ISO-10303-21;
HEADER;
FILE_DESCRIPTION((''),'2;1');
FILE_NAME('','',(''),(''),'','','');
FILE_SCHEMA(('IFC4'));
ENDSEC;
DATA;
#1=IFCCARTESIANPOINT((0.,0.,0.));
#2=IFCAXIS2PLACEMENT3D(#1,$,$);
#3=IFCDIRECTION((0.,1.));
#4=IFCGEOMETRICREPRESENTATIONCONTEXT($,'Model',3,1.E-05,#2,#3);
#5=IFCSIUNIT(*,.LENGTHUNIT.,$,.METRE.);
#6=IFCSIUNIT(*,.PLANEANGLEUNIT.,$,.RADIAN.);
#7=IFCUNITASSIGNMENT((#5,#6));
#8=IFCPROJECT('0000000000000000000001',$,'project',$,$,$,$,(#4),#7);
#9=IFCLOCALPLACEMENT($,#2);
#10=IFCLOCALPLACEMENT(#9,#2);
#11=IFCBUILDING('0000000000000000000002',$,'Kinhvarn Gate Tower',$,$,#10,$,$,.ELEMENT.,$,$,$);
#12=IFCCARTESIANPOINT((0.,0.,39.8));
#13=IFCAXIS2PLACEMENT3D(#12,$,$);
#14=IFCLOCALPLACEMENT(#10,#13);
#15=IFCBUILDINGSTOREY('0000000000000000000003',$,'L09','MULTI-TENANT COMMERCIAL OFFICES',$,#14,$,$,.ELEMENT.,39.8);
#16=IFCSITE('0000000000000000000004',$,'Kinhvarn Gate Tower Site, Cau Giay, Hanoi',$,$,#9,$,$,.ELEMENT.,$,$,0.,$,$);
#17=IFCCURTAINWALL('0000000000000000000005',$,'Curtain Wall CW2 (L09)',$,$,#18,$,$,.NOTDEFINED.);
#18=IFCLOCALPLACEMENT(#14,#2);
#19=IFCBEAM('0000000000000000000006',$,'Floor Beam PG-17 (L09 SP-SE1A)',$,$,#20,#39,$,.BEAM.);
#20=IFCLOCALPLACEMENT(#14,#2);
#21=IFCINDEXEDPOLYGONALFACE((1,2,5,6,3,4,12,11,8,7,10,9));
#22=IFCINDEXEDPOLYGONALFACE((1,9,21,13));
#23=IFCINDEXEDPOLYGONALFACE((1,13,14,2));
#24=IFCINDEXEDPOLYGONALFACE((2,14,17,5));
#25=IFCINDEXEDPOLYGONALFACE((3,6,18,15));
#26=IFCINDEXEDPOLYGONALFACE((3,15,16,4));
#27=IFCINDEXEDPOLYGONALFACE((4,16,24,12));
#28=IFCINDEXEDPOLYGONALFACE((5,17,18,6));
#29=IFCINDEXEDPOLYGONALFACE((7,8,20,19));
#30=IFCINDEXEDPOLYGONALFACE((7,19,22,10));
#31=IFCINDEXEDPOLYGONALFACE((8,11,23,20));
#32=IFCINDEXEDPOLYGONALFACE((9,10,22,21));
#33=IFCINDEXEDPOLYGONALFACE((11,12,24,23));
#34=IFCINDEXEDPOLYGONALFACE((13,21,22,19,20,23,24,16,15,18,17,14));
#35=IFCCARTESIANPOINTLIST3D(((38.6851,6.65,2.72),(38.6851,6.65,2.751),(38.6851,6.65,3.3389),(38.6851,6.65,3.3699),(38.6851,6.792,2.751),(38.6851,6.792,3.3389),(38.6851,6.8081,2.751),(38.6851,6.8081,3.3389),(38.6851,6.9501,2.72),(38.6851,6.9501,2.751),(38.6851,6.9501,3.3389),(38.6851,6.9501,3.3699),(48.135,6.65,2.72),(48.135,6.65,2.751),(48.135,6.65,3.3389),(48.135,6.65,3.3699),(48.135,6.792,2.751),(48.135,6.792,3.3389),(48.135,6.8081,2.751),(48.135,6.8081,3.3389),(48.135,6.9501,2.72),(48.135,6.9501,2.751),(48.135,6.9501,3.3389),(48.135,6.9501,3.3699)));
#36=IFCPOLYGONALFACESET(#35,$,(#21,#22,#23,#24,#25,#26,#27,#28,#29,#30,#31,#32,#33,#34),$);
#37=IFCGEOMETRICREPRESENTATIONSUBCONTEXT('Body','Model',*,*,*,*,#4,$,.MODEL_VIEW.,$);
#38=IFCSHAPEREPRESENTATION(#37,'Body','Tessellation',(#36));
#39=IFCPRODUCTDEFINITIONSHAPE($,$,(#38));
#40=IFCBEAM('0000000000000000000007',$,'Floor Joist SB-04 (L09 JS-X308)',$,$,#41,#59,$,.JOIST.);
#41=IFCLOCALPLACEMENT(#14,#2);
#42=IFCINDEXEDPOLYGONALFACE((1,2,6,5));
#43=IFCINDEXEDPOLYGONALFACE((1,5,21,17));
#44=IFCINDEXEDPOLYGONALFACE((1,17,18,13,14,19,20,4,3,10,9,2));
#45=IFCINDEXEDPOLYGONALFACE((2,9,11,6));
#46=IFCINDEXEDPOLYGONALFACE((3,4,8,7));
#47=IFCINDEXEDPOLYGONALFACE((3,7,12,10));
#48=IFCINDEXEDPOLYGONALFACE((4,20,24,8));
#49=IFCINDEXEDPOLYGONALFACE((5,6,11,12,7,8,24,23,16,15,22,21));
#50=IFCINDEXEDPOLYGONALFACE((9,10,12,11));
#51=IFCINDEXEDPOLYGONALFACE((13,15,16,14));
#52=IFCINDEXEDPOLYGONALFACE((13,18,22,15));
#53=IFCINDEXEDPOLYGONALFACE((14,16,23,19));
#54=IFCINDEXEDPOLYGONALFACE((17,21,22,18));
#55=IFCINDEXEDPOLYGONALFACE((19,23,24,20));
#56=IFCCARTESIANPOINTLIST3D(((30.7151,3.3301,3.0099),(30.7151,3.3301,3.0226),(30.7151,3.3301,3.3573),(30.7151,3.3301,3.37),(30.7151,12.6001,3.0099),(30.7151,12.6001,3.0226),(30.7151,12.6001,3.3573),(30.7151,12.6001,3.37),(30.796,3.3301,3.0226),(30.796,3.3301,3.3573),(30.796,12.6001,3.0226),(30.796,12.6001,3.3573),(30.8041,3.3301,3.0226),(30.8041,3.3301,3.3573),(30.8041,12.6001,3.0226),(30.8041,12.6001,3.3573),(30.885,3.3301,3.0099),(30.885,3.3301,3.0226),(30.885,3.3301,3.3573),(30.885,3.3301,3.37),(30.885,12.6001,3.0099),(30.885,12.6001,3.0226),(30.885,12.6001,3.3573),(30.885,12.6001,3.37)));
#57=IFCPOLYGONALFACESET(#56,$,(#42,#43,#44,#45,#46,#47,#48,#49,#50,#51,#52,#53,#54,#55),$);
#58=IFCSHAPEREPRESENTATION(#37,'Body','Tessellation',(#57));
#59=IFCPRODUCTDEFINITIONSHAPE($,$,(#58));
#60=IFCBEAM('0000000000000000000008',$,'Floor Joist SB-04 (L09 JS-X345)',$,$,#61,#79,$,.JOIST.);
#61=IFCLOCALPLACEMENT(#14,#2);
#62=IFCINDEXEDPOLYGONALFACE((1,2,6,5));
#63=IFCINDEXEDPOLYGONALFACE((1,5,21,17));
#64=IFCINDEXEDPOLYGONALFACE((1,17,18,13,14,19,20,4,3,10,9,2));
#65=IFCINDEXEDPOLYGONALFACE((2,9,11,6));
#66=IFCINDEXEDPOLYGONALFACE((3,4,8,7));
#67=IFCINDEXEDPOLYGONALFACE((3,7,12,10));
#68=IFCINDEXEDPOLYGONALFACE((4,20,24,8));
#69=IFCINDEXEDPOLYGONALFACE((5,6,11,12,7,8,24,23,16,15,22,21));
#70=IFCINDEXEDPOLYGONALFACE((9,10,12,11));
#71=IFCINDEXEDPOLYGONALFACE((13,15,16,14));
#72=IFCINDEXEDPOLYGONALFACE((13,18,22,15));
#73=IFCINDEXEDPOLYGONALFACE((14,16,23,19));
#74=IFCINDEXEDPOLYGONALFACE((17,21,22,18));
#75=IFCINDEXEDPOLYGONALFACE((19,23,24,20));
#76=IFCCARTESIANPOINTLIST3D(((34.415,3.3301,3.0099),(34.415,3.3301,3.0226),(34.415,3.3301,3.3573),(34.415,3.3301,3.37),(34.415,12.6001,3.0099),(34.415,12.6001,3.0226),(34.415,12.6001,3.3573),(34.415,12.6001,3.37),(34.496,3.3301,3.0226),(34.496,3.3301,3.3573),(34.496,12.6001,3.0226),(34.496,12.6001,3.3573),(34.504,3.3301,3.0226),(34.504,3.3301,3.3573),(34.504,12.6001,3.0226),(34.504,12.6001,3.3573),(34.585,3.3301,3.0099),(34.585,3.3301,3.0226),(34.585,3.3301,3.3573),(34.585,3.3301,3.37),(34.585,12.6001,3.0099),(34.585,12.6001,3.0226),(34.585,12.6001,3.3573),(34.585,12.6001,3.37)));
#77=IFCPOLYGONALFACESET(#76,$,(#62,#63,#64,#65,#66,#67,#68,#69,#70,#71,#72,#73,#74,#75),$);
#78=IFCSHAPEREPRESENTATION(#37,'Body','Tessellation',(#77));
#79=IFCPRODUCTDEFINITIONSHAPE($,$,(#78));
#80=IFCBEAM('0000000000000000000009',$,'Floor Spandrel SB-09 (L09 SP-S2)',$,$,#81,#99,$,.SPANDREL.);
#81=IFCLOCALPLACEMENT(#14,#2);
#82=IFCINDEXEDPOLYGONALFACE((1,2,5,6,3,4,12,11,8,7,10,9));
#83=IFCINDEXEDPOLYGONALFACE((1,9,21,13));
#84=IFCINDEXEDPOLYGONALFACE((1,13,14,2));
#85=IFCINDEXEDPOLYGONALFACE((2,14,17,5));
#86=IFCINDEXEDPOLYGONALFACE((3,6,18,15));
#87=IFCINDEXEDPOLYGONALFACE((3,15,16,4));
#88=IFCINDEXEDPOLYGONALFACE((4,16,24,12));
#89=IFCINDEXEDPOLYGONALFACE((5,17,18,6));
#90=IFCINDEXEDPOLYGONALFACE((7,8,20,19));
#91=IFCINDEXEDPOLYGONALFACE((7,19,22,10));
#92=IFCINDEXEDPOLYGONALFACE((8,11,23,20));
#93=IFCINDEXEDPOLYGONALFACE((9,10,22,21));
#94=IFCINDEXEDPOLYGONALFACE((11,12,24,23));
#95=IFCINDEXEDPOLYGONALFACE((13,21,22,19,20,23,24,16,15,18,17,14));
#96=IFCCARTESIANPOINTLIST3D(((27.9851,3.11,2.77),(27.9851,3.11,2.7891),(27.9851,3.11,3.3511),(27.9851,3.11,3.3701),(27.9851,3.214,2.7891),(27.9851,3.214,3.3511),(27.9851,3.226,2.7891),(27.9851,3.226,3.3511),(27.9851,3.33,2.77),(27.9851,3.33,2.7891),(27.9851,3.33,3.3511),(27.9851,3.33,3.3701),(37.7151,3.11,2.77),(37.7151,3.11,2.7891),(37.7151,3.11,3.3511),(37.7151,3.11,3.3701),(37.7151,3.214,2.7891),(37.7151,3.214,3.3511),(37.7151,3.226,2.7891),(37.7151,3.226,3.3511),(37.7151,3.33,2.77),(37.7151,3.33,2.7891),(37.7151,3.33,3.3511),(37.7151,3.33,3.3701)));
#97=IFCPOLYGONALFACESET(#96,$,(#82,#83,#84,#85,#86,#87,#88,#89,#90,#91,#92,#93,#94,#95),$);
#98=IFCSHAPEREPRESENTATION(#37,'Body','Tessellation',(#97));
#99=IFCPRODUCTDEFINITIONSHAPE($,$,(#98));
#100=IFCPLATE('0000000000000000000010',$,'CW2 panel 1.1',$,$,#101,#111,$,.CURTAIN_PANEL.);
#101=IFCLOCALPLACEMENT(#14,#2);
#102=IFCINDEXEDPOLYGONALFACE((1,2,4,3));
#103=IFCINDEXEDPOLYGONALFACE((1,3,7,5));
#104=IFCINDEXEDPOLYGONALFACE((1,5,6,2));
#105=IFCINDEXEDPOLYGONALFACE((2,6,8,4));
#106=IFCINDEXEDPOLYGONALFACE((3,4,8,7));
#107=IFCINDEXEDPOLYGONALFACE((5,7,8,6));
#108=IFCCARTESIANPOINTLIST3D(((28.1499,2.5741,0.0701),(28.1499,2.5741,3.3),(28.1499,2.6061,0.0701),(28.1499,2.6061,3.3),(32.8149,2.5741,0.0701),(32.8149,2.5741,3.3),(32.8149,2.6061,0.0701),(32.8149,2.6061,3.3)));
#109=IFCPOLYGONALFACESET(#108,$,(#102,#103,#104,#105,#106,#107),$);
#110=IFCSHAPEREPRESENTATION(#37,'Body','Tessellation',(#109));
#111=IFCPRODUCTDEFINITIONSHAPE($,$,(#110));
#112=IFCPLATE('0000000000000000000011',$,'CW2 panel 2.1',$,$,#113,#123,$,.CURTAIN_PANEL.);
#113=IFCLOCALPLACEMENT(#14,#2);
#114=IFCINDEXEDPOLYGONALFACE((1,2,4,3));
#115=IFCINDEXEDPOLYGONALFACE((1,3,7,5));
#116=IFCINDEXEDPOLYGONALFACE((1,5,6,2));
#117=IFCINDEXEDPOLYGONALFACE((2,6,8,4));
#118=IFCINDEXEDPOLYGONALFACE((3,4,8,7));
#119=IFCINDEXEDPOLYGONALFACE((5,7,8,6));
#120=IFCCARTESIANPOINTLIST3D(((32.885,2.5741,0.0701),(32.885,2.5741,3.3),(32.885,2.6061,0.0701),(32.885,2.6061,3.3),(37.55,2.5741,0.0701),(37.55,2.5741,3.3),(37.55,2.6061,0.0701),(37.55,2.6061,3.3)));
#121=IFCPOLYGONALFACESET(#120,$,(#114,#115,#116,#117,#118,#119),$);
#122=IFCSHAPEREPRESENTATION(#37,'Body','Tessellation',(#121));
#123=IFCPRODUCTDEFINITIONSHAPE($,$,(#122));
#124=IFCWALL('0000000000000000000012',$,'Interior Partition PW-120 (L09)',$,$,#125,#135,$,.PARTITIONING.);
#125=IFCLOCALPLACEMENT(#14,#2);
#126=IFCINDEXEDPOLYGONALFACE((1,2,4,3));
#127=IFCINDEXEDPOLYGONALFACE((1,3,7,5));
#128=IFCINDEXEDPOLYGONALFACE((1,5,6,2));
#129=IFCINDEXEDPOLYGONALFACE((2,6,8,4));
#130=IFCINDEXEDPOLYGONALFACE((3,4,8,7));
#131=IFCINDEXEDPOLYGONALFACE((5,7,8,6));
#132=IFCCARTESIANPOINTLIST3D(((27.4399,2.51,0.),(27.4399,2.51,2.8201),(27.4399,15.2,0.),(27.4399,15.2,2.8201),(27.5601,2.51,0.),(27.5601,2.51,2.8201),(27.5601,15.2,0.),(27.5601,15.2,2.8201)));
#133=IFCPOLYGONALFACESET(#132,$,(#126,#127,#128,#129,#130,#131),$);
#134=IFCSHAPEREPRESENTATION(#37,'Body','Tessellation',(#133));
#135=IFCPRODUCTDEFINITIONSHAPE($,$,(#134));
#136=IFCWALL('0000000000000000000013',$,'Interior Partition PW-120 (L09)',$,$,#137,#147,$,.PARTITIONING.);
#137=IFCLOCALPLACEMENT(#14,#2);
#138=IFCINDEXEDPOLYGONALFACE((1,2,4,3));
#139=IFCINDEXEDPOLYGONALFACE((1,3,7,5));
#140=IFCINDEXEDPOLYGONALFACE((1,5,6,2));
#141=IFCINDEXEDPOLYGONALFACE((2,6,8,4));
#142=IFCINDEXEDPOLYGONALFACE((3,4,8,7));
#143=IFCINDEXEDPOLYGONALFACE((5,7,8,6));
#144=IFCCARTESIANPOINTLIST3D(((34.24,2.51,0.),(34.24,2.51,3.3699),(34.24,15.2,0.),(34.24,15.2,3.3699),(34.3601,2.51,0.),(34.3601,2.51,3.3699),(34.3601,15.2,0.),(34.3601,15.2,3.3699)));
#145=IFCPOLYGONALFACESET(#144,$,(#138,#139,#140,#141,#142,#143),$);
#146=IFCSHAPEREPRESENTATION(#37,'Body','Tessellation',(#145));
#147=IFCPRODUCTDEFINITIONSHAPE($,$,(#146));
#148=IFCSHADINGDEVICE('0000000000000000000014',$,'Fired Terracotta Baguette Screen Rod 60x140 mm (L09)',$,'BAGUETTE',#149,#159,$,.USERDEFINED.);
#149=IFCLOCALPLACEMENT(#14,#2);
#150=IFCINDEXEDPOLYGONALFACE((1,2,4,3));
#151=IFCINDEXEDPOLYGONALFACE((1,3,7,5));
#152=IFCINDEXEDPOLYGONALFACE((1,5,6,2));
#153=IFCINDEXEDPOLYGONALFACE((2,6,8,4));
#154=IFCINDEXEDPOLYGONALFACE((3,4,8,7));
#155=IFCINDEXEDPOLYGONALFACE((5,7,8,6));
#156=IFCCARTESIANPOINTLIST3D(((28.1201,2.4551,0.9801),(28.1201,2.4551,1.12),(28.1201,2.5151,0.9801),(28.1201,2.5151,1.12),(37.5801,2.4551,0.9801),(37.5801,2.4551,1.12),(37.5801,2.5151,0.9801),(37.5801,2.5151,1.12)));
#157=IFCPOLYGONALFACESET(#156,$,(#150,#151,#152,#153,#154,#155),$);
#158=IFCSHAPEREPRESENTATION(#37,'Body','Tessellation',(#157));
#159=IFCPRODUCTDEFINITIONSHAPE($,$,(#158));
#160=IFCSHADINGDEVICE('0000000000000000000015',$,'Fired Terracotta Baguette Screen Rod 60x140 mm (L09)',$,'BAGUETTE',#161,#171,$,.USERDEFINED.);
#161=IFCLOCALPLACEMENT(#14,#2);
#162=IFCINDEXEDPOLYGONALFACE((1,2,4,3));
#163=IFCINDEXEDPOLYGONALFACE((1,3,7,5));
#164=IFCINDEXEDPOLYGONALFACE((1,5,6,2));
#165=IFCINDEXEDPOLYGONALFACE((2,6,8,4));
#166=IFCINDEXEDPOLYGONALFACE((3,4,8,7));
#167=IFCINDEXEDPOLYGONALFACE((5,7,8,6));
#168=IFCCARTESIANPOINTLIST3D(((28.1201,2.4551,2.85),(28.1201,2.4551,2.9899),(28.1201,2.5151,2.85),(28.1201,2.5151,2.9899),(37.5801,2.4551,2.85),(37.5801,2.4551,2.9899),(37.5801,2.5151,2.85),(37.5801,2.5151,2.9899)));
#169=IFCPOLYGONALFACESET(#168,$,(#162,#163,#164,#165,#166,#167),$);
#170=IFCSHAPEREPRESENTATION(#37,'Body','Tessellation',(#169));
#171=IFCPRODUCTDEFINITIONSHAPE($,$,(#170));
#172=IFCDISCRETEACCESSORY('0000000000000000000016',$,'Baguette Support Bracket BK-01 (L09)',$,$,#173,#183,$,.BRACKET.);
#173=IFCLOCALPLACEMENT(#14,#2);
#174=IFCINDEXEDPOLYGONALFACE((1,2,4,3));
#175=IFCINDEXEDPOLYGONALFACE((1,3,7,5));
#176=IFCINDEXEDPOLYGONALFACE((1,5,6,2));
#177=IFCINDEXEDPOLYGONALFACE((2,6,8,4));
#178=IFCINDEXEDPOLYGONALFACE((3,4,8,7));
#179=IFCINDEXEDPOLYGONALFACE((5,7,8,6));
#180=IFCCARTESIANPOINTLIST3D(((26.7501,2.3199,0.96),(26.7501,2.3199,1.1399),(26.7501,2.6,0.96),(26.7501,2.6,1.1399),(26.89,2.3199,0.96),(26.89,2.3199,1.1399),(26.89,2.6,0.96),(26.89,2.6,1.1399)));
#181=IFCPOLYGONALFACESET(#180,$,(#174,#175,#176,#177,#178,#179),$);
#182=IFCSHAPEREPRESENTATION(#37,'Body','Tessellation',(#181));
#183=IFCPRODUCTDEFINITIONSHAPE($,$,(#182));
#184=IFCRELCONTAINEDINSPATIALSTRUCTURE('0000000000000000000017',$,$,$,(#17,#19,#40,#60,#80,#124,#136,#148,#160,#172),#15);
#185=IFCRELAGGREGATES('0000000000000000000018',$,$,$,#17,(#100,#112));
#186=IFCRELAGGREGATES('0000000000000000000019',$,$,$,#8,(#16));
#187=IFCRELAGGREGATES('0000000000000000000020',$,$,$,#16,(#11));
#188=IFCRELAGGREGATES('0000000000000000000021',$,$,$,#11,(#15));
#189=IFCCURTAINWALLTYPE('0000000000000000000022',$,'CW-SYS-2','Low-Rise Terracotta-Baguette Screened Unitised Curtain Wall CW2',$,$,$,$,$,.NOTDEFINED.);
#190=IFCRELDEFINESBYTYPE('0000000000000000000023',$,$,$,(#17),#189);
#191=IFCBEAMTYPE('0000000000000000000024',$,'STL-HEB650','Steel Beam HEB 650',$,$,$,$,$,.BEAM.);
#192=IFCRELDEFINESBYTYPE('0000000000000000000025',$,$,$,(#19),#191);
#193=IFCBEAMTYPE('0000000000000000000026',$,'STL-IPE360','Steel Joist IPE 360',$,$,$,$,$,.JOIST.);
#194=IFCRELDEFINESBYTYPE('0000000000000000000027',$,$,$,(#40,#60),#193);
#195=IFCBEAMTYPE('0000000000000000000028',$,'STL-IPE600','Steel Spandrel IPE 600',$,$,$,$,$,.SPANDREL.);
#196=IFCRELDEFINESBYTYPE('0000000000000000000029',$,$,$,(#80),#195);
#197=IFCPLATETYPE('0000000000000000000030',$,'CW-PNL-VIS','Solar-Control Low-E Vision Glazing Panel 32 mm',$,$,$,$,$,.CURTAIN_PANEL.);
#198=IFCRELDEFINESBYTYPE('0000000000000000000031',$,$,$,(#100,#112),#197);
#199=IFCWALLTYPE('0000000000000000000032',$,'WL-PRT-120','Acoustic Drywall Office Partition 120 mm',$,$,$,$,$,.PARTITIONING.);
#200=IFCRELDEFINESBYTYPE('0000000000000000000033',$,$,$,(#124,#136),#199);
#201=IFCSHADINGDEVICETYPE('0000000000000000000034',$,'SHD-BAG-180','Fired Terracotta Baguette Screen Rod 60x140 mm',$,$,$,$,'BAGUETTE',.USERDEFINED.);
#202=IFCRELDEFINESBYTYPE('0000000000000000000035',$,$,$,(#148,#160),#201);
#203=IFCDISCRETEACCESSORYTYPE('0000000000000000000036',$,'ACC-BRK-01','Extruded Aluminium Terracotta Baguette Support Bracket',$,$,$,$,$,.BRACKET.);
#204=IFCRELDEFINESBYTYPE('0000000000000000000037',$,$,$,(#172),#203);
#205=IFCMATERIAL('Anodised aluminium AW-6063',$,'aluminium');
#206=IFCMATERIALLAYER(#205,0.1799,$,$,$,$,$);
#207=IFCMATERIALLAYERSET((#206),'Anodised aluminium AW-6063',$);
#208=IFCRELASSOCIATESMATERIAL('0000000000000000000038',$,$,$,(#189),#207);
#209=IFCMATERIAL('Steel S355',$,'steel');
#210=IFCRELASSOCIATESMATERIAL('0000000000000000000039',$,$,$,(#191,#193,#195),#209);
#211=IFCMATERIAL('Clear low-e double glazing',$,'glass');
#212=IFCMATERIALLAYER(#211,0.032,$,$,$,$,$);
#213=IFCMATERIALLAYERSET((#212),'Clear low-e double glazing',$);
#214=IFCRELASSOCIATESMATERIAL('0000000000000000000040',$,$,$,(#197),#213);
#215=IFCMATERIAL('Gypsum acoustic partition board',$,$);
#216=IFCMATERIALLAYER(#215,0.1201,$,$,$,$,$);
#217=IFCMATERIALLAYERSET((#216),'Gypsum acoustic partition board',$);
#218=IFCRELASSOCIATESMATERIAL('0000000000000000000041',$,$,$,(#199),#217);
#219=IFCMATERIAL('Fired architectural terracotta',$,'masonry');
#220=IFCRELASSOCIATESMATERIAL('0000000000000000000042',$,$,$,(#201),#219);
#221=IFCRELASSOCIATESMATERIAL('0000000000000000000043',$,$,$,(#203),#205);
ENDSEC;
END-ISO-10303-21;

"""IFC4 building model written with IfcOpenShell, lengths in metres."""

from ifc_helpers import new_model, si_unit, direction, frame, frame_2d, origin, origin_2d, place, context, subcontext, project, spatial, rectangle, i_section, extrude, material, layer, layer_set, material_profile, profile_set, type_object, element, aggregate, save


model = new_model("IFC4")

# Units and contexts
model_context = context("Model", 3, precision=1e-05, world=origin(), true_north=direction((0.0, 1.0)))
body_context = subcontext(model_context, "Body", "Model", "MODEL_VIEW")
ifc_project = project(units=[si_unit("LENGTHUNIT", "METRE"), si_unit("PLANEANGLEUNIT", "RADIAN")], contexts=[model_context])

# Site, building, storey
site_placement = place(None, origin())
site = spatial("IfcSite", under=ifc_project, at=site_placement, Name="Kinhvarn Gate Tower Site, Cau Giay, Hanoi", CompositionType="ELEMENT", RefElevation=0.0)
building_placement = place(site_placement, origin())
building = spatial("IfcBuilding", under=site, at=building_placement, Name="Kinhvarn Gate Tower", CompositionType="ELEMENT")
storey_placement = place(building_placement, frame((0.0, 0.0, 39.8)))
storey = spatial("IfcBuildingStorey", under=building, at=storey_placement, Name="L09", Description="MULTI-TENANT COMMERCIAL OFFICES", CompositionType="ELEMENT", Elevation=39.8)

# Shared definitions
ifc_material_1 = material(Name="Anodised aluminium AW-6063", Category="aluminium")
ifc_layer_1 = layer(ifc_material_1, 0.1799)
ifc_layer_set_1 = layer_set([ifc_layer_1], Name="Anodised aluminium AW-6063")
curtain_wall_type = type_object("IfcCurtainWallType", Name="CW-SYS-2", Description="Low-Rise Terracotta-Baguette Screened Unitised Curtain Wall CW2", PredefinedType="NOTDEFINED", material=ifc_layer_set_1)

# Curtain wall
curtain_wall_1_placement = place(storey_placement, origin())
curtain_wall_1 = element("IfcCurtainWall", 1, at=curtain_wall_1_placement, inside=storey, type_object=curtain_wall_type, Name="Curtain Wall CW2 (L09)", PredefinedType="NOTDEFINED")

# Beams
ifc_material_2 = material(Name="Steel S355", Category="steel")
ifc_material_profile_1 = material_profile(ifc_material_2, i_section(OverallWidth=0.3, OverallDepth=0.6499, WebThickness=0.0161, FlangeThickness=0.031, at=origin_2d()), Name="HEB 650")
ifc_profile_set_1 = profile_set([ifc_material_profile_1], Name="Steel S355")
beam_type_1 = type_object("IfcBeamType", Name="STL-HEB650", Description="Steel Beam HEB 650", PredefinedType="BEAM", material=ifc_profile_set_1)
beam_1_placement = place(storey_placement, frame((38.6851, 6.8, 3.0449), z_axis=(1.0, 0.0, 0.0), x_axis=(0.0, 1.0, 0.0)))
element("IfcBeam", 2, at=beam_1_placement, inside=storey, type_object=beam_type_1, Name="Floor Beam PG-17 (L09 SP-SE1A)", PredefinedType="BEAM", context=body_context, shape_type="SweptSolid", body=[
    extrude(i_section(OverallWidth=0.3, OverallDepth=0.6499, WebThickness=0.0161, FlangeThickness=0.031, at=origin_2d()), origin(), (0.0, 0.0, 1.0), 9.45),
])
ifc_material_profile_2 = material_profile(ifc_material_2, i_section(OverallWidth=0.1699, OverallDepth=0.3601, WebThickness=0.0081, FlangeThickness=0.0127, at=origin_2d()), Name="IPE 360")
ifc_profile_set_2 = profile_set([ifc_material_profile_2], Name="Steel S355")
beam_type_2 = type_object("IfcBeamType", Name="STL-IPE360", Description="Steel Joist IPE 360", PredefinedType="JOIST", material=ifc_profile_set_2)
for number, where, z_axis, x_axis, name in (
    (3, (30.8, 3.3301, 3.1899), (0.0, 1.0, 0.0), (-1.0, 0.0, 0.0), "Floor Joist SB-04 (L09 JS-X308)"),
    (4, (34.5, 3.3301, 3.1899), (0.0, 1.0, 0.0), (-1.0, 0.0, 0.0), "Floor Joist SB-04 (L09 JS-X345)"),
):
    element("IfcBeam", number, at=place(storey_placement, frame(where, z_axis=z_axis, x_axis=x_axis)), inside=storey, type_object=beam_type_2, Name=name, PredefinedType="JOIST", context=body_context, shape_type="SweptSolid", body=[
        extrude(i_section(OverallWidth=0.1699, OverallDepth=0.3601, WebThickness=0.0081, FlangeThickness=0.0127, at=origin_2d()), origin(), (0.0, 0.0, 1.0), 9.27),
    ])
ifc_material_profile_3 = material_profile(ifc_material_2, i_section(OverallWidth=0.22, OverallDepth=0.6001, WebThickness=0.012, FlangeThickness=0.019, at=origin_2d()), Name="IPE 600")
ifc_profile_set_3 = profile_set([ifc_material_profile_3], Name="Steel S355")
beam_type_3 = type_object("IfcBeamType", Name="STL-IPE600", Description="Steel Spandrel IPE 600", PredefinedType="SPANDREL", material=ifc_profile_set_3)
beam_2_placement = place(storey_placement, frame((27.9851, 3.22, 3.0701), z_axis=(1.0, 0.0, 0.0), x_axis=(0.0, 1.0, 0.0)))
element("IfcBeam", 5, at=beam_2_placement, inside=storey, type_object=beam_type_3, Name="Floor Spandrel SB-09 (L09 SP-S2)", PredefinedType="SPANDREL", context=body_context, shape_type="SweptSolid", body=[
    extrude(i_section(OverallWidth=0.22, OverallDepth=0.6001, WebThickness=0.012, FlangeThickness=0.019, at=origin_2d()), origin(), (0.0, 0.0, 1.0), 9.73),
])

# Plates
ifc_material_3 = material(Name="Clear low-e double glazing", Category="glass")
ifc_layer_2 = layer(ifc_material_3, 0.032)
ifc_layer_set_2 = layer_set([ifc_layer_2], Name="Clear low-e double glazing")
plate_type = type_object("IfcPlateType", Name="CW-PNL-VIS", Description="Solar-Control Low-E Vision Glazing Panel 32 mm", PredefinedType="CURTAIN_PANEL", material=ifc_layer_set_2)
plate_1_placement = place(storey_placement, frame((30.4824, 2.5901, 0.0701), z_axis=(0.0, 0.0, 1.0), x_axis=(1.0, 0.0, 0.0)))
plate_1 = element("IfcPlate", 6, at=plate_1_placement, type_object=plate_type, Name="CW2 panel 1.1", PredefinedType="CURTAIN_PANEL", context=body_context, shape_type="SweptSolid", body=[
    extrude(rectangle(XDim=4.665, YDim=0.032, at=origin_2d()), origin(), (0.0, 0.0, 1.0), 3.23),
])
plate_2_placement = place(storey_placement, frame((35.2175, 2.5901, 0.0701), z_axis=(0.0, 0.0, 1.0), x_axis=(1.0, 0.0, 0.0)))
plate_2 = element("IfcPlate", 7, at=plate_2_placement, type_object=plate_type, Name="CW2 panel 2.1", PredefinedType="CURTAIN_PANEL", context=body_context, shape_type="SweptSolid", body=[
    extrude(rectangle(XDim=4.665, YDim=0.032, at=origin_2d()), origin(), (0.0, 0.0, 1.0), 3.23),
])
aggregate(curtain_wall_1, [plate_1, plate_2])

# Walls
ifc_material_4 = material(Name="Gypsum acoustic partition board")
ifc_layer_3 = layer(ifc_material_4, 0.1201)
ifc_layer_set_3 = layer_set([ifc_layer_3], Name="Gypsum acoustic partition board")
wall_type = type_object("IfcWallType", Name="WL-PRT-120", Description="Acoustic Drywall Office Partition 120 mm", PredefinedType="PARTITIONING", material=ifc_layer_set_3)
wall_1_placement = place(storey_placement, frame((27.5, 2.51, 0.0), z_axis=(0.0, 0.0, 1.0), x_axis=(0.0, 1.0, 0.0)))
element("IfcWall", 8, at=wall_1_placement, inside=storey, type_object=wall_type, Name="Interior Partition PW-120 (L09)", PredefinedType="PARTITIONING", context=body_context, shape_type="SweptSolid", body=[
    extrude(rectangle(XDim=12.6899, YDim=0.1201, at=frame_2d((6.345, 0.0))), origin(), (0.0, 0.0, 1.0), 2.8201),
])
wall_2_placement = place(storey_placement, frame((34.3, 2.51, 0.0), z_axis=(0.0, 0.0, 1.0), x_axis=(0.0, 1.0, 0.0)))
element("IfcWall", 9, at=wall_2_placement, inside=storey, type_object=wall_type, Name="Interior Partition PW-120 (L09)", PredefinedType="PARTITIONING", context=body_context, shape_type="SweptSolid", body=[
    extrude(rectangle(XDim=12.6899, YDim=0.1201, at=frame_2d((6.345, 0.0))), origin(), (0.0, 0.0, 1.0), 3.3699),
])

# Shading devices
ifc_material_5 = material(Name="Fired architectural terracotta", Category="masonry")
ifc_material_profile_4 = material_profile(ifc_material_5, rectangle(XDim=0.0601, YDim=0.1399, at=origin_2d()), Name="TC 60x140")
ifc_profile_set_4 = profile_set([ifc_material_profile_4], Name="Fired architectural terracotta")
shading_device_type = type_object("IfcShadingDeviceType", Name="SHD-BAG-180", Description="Fired Terracotta Baguette Screen Rod 60x140 mm", ElementType="BAGUETTE", PredefinedType="USERDEFINED", material=ifc_profile_set_4)
for number, where, z_axis, x_axis, name in (
    (10, (28.1201, 2.4851, 1.05), (1.0, 0.0, 0.0), (0.0, 1.0, 0.0), "Fired Terracotta Baguette Screen Rod 60x140 mm (L09)"),
    (11, (28.1201, 2.4851, 2.9199), (1.0, 0.0, 0.0), (0.0, 1.0, 0.0), "Fired Terracotta Baguette Screen Rod 60x140 mm (L09)"),
):
    element("IfcShadingDevice", number, at=place(storey_placement, frame(where, z_axis=z_axis, x_axis=x_axis)), inside=storey, type_object=shading_device_type, Name=name, ObjectType="BAGUETTE", PredefinedType="USERDEFINED", context=body_context, shape_type="SweptSolid", body=[
        extrude(rectangle(XDim=0.0601, YDim=0.1399, at=origin_2d()), origin(), (0.0, 0.0, 1.0), 9.46),
    ])

# Discrete accessory
discrete_accessory_type = type_object("IfcDiscreteAccessoryType", Name="ACC-BRK-01", Description="Extruded Aluminium Terracotta Baguette Support Bracket", PredefinedType="BRACKET", material=ifc_material_1)
for number, where, z_axis, x_axis, name in (
    (12, (26.8201, 2.46, 0.96), (0.0, 0.0, 1.0), (1.0, 0.0, 0.0), "Baguette Support Bracket BK-01 (L09)"),
):
    element("IfcDiscreteAccessory", number, at=place(storey_placement, frame(where, z_axis=z_axis, x_axis=x_axis)), inside=storey, type_object=discrete_accessory_type, Name=name, PredefinedType="BRACKET", context=body_context, shape_type="SweptSolid", body=[
        extrude(rectangle(XDim=0.1399, YDim=0.28, at=origin_2d()), origin(), (0.0, 0.0, 1.0), 0.1799),
    ])

save(model, "model.ifc")
